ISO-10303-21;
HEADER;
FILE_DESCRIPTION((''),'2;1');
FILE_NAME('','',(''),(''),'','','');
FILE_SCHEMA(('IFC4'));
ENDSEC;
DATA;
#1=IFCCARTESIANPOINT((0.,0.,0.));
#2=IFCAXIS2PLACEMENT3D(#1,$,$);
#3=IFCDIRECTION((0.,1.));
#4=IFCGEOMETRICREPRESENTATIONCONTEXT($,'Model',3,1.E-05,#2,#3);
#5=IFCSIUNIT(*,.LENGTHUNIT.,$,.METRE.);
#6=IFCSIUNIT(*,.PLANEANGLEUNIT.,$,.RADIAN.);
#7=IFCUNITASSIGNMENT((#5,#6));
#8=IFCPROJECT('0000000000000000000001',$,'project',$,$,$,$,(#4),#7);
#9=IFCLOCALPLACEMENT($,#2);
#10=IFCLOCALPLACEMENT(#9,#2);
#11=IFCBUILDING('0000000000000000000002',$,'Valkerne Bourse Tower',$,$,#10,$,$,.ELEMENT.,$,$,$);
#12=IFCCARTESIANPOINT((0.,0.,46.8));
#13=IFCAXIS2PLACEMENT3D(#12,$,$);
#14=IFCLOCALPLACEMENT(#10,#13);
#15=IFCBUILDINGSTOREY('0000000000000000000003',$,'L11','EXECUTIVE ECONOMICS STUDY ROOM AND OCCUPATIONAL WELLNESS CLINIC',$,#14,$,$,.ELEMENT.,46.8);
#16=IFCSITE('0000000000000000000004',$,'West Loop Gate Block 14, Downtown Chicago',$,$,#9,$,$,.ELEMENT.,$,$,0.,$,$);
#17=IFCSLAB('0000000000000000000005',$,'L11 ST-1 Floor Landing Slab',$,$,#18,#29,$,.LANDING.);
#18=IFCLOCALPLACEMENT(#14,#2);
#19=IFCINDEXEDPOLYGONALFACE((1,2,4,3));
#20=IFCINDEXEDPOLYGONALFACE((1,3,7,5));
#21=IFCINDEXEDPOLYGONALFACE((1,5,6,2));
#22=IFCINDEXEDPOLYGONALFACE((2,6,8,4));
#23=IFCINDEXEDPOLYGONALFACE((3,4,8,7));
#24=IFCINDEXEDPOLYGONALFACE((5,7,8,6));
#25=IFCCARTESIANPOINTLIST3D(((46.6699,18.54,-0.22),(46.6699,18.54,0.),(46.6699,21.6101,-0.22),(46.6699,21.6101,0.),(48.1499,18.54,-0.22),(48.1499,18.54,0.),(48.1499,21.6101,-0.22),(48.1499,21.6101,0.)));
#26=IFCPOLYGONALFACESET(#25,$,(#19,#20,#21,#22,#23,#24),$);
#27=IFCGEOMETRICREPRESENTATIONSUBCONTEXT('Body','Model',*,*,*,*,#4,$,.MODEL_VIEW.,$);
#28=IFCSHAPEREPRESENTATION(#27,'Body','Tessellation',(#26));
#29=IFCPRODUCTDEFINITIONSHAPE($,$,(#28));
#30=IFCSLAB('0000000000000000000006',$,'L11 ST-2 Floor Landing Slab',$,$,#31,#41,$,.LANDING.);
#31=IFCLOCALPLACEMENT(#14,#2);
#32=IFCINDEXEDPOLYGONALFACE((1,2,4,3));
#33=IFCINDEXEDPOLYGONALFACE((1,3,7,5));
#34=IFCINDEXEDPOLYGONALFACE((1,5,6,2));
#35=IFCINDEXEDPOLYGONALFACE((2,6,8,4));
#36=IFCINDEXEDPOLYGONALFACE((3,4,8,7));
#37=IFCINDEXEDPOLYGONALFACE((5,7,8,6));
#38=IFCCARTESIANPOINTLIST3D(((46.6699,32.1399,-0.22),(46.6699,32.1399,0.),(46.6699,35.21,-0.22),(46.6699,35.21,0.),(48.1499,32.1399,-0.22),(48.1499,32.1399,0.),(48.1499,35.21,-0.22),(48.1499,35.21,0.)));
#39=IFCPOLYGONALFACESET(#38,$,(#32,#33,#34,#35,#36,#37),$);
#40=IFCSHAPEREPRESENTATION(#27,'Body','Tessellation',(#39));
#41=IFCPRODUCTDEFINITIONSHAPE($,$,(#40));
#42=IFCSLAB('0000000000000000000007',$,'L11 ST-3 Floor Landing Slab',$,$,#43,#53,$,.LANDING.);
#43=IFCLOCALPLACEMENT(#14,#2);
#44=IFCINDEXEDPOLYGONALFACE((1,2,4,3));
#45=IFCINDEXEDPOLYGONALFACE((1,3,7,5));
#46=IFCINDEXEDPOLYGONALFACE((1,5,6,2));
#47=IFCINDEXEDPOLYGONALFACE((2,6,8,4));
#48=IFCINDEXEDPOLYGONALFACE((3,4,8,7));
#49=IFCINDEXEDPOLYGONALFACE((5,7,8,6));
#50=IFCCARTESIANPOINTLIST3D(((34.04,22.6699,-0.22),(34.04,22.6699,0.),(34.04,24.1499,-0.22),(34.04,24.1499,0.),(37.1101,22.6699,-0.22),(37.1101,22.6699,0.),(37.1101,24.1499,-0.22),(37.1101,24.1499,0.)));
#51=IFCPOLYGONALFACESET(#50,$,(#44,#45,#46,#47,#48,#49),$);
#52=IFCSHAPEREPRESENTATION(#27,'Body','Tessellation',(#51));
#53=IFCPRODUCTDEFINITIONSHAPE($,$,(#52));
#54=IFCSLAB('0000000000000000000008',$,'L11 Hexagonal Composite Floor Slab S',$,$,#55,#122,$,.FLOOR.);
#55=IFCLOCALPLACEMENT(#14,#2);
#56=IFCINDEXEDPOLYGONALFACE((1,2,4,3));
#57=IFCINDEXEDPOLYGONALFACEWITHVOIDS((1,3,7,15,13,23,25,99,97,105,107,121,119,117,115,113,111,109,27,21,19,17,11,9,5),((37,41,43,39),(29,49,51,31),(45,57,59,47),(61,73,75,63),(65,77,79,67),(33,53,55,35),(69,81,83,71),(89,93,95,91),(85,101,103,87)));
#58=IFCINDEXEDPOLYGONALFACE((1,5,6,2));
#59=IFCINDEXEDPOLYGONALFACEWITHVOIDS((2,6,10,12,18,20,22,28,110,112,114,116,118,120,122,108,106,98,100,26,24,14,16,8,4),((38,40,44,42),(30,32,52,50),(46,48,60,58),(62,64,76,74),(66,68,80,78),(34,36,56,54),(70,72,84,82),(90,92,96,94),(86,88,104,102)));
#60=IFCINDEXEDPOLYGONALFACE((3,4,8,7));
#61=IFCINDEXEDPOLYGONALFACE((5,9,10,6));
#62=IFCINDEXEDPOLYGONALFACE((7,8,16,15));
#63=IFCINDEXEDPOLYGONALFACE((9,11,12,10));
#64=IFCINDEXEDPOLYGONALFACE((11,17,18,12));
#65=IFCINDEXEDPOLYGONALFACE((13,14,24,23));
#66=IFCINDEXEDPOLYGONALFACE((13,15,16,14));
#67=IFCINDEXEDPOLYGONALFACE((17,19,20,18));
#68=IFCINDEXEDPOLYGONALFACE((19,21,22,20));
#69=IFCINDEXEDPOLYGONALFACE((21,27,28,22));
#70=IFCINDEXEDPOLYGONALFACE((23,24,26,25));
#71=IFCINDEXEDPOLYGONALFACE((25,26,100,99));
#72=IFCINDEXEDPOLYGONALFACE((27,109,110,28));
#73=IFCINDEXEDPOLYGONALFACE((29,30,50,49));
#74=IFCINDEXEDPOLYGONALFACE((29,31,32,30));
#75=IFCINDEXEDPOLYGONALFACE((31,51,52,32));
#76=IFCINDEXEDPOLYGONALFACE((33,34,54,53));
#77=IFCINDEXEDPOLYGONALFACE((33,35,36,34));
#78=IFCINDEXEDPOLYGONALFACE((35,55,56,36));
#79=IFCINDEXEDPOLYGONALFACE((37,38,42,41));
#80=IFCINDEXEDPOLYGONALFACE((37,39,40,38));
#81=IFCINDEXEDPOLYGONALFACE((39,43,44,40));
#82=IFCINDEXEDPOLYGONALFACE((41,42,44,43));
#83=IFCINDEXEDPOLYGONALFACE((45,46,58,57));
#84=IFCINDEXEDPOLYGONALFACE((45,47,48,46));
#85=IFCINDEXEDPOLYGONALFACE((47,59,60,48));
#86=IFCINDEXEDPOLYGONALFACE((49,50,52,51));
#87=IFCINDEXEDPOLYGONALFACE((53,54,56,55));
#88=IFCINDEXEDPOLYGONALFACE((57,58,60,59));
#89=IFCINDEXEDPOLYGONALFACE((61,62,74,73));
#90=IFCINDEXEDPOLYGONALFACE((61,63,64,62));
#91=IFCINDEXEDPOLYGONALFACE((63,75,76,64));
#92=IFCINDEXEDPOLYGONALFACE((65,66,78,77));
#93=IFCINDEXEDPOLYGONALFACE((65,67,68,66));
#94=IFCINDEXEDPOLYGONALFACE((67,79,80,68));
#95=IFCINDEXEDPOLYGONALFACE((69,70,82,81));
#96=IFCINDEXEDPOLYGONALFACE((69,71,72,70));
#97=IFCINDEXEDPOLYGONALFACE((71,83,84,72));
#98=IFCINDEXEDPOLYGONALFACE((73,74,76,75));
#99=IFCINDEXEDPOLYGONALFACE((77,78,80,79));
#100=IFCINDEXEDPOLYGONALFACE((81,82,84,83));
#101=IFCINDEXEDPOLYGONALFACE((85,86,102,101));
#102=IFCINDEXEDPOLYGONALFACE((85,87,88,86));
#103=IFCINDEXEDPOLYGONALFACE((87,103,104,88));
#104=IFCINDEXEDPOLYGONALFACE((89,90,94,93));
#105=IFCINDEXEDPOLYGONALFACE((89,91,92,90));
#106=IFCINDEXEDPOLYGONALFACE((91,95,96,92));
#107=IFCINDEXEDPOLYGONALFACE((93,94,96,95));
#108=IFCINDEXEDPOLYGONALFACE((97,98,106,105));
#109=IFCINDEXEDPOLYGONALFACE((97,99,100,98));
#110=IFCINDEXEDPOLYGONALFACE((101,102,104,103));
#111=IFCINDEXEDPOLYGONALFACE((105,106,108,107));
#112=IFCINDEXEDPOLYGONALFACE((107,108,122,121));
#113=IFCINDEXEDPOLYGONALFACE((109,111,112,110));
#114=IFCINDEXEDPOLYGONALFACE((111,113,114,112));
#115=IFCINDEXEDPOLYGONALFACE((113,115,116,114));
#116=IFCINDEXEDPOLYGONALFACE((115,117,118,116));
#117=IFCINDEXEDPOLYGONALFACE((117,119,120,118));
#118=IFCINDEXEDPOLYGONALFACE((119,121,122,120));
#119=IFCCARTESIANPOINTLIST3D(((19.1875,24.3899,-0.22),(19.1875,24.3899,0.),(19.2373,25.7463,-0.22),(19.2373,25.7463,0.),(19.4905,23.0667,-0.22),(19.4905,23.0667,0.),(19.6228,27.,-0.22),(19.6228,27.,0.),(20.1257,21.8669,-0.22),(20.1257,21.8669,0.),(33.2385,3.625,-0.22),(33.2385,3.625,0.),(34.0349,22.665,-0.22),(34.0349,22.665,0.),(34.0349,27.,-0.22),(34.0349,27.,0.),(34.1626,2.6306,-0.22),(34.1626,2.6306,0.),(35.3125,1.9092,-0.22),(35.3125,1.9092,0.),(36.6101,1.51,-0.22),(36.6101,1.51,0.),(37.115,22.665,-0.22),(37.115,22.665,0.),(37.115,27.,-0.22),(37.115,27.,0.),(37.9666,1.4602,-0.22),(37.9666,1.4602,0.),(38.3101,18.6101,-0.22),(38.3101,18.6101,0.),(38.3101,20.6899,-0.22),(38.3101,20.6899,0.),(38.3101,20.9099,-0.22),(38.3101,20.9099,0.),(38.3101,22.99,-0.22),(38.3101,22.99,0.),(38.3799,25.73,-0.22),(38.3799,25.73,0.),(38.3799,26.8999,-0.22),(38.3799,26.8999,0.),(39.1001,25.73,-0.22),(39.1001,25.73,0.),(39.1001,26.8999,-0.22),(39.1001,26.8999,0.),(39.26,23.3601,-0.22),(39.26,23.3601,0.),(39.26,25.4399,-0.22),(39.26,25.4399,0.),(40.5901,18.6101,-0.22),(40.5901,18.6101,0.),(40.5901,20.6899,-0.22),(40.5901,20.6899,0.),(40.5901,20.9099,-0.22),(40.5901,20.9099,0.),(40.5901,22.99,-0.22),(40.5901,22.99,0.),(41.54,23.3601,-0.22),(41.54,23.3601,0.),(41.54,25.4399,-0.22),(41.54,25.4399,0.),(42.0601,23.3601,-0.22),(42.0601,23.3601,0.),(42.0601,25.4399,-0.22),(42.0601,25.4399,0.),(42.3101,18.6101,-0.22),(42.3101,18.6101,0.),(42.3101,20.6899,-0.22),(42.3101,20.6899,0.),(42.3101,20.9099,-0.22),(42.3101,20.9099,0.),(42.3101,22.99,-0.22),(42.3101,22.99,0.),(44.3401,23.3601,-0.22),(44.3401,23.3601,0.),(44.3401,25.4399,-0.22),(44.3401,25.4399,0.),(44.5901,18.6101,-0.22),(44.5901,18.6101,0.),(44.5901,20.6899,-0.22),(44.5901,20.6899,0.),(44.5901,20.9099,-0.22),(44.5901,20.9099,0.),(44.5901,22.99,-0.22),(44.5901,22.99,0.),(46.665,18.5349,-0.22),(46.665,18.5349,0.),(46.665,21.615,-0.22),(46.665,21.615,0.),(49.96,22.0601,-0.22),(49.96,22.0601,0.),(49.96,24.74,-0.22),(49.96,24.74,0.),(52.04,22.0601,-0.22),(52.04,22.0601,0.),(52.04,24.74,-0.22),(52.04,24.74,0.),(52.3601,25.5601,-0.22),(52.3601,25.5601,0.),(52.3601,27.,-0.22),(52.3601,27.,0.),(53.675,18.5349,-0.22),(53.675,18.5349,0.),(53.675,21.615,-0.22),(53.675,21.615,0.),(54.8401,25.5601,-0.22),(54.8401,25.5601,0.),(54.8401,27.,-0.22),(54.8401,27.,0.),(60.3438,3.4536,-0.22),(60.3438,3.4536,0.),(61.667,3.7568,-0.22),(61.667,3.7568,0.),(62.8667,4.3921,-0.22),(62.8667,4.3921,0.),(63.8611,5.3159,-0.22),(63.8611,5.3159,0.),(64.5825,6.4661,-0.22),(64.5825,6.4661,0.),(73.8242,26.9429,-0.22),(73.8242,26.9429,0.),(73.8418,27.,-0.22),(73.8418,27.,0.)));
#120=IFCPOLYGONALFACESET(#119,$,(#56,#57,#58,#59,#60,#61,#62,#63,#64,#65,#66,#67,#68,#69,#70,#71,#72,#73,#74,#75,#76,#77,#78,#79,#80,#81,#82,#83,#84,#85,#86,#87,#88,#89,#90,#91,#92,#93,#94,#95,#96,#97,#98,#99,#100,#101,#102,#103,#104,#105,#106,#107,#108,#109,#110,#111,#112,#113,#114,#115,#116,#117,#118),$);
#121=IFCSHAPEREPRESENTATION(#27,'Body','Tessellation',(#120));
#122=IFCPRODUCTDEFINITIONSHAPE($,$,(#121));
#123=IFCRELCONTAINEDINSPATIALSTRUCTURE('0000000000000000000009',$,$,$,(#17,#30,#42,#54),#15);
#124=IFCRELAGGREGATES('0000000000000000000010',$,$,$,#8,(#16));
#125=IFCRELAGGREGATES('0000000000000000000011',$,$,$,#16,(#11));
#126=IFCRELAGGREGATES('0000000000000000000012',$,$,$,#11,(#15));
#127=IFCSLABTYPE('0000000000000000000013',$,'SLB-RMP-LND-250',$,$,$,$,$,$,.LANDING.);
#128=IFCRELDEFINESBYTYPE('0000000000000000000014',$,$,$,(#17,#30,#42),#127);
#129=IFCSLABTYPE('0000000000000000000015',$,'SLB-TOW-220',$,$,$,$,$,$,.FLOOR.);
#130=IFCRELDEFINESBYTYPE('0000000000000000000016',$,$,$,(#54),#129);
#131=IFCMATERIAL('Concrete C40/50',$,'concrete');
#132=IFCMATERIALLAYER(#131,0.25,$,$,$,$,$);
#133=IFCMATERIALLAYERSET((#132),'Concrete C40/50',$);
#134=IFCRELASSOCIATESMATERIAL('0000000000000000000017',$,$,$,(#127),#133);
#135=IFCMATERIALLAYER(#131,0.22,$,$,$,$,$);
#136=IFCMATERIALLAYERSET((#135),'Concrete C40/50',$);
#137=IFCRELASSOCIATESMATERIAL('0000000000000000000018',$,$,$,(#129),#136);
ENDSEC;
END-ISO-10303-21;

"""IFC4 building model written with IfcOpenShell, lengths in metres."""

from ifc_helpers import new_model, si_unit, direction, frame, origin, place, context, subcontext, project, spatial, polyline, outline, extrude, material, layer, layer_set, type_object, element, save


model = new_model("IFC4")

# Units and contexts
model_context = context("Model", 3, precision=1e-05, world=origin(), true_north=direction((0.0, 1.0)))
body_context = subcontext(model_context, "Body", "Model", "MODEL_VIEW")
ifc_project = project(units=[si_unit("LENGTHUNIT", "METRE"), si_unit("PLANEANGLEUNIT", "RADIAN")], contexts=[model_context])

# Site, building, storey
site_placement = place(None, origin())
site = spatial("IfcSite", under=ifc_project, at=site_placement, Name="West Loop Gate Block 14, Downtown Chicago", CompositionType="ELEMENT", RefElevation=0.0)
building_placement = place(site_placement, origin())
building = spatial("IfcBuilding", under=site, at=building_placement, Name="Valkerne Bourse Tower", CompositionType="ELEMENT")
storey_placement = place(building_placement, frame((0.0, 0.0, 46.8)))
storey = spatial("IfcBuildingStorey", under=building, at=storey_placement, Name="L11", Description="EXECUTIVE ECONOMICS STUDY ROOM AND OCCUPATIONAL WELLNESS CLINIC", CompositionType="ELEMENT", Elevation=46.8)

# Slabs
ifc_material_1 = material(Name="Concrete C40/50", Category="concrete")
ifc_layer_1 = layer(ifc_material_1, 0.25)
ifc_layer_set_1 = layer_set([ifc_layer_1], Name="Concrete C40/50")
slab_type_1 = type_object("IfcSlabType", Name="SLB-RMP-LND-250", PredefinedType="LANDING", material=ifc_layer_set_1)
slab_1_placement = place(storey_placement, frame((0.0, 0.0, -0.22)))
element("IfcSlab", 1, at=slab_1_placement, inside=storey, type_object=slab_type_1, Name="L11 ST-1 Floor Landing Slab", PredefinedType="LANDING", context=body_context, shape_type="SweptSolid", body=[
    extrude(outline(polyline([(46.6699, 18.54), (48.1499, 18.54), (48.1499, 21.6101), (46.6699, 21.6101), (46.6699, 18.54)])), origin(), (0.0, 0.0, 1.0), 0.22),
])
slab_2_placement = place(storey_placement, frame((0.0, 0.0, -0.22)))
element("IfcSlab", 2, at=slab_2_placement, inside=storey, type_object=slab_type_1, Name="L11 ST-2 Floor Landing Slab", PredefinedType="LANDING", context=body_context, shape_type="SweptSolid", body=[
    extrude(outline(polyline([(46.6699, 32.1399), (48.1499, 32.1399), (48.1499, 35.21), (46.6699, 35.21), (46.6699, 32.1399)])), origin(), (0.0, 0.0, 1.0), 0.22),
])
slab_3_placement = place(storey_placement, frame((0.0, 0.0, -0.22)))
element("IfcSlab", 3, at=slab_3_placement, inside=storey, type_object=slab_type_1, Name="L11 ST-3 Floor Landing Slab", PredefinedType="LANDING", context=body_context, shape_type="SweptSolid", body=[
    extrude(outline(polyline([(37.1101, 22.6699), (37.1101, 24.1499), (34.04, 24.1499), (34.04, 22.6699), (37.1101, 22.6699)])), origin(), (0.0, 0.0, 1.0), 0.22),
])
ifc_layer_2 = layer(ifc_material_1, 0.22)
ifc_layer_set_2 = layer_set([ifc_layer_2], Name="Concrete C40/50")
slab_type_2 = type_object("IfcSlabType", Name="SLB-TOW-220", PredefinedType="FLOOR", material=ifc_layer_set_2)
slab_4_placement = place(storey_placement, frame((0.0, 0.0, -0.22)))
element("IfcSlab", 4, at=slab_4_placement, inside=storey, type_object=slab_type_2, Name="L11 Hexagonal Composite Floor Slab S", PredefinedType="FLOOR", context=body_context, shape_type="SweptSolid", body=[
    extrude(outline(polyline([(63.8611, 5.3159), (62.8667, 4.3921), (61.667, 3.7568), (60.3438, 3.4536), (37.9666, 1.4602), (36.6101, 1.51), (35.3125, 1.9092), (34.1626, 2.6306), (33.2385, 3.625), (20.1257, 21.8669), (19.4905, 23.0667), (19.1875, 24.3899), (19.2373, 25.7463), (19.6228, 27.0), (34.0349, 27.0), (34.0349, 22.665), (37.115, 22.665), (37.115, 27.0), (52.3601, 27.0), (52.3601, 25.5601), (54.8401, 25.5601), (54.8401, 27.0), (73.8418, 27.0), (73.8242, 26.9429), (64.5825, 6.4661), (63.8611, 5.3159)]), holes=[polyline([(40.5901, 20.6899), (38.3101, 20.6899), (38.3101, 18.6101), (40.5901, 18.6101), (40.5901, 20.6899)]), polyline([(40.5901, 22.99), (38.3101, 22.99), (38.3101, 20.9099), (40.5901, 20.9099), (40.5901, 22.99)]), polyline([(41.54, 25.4399), (39.26, 25.4399), (39.26, 23.3601), (41.54, 23.3601), (41.54, 25.4399)]), polyline([(39.1001, 25.73), (39.1001, 26.8999), (38.3799, 26.8999), (38.3799, 25.73), (39.1001, 25.73)]), polyline([(44.5901, 20.6899), (42.3101, 20.6899), (42.3101, 18.6101), (44.5901, 18.6101), (44.5901, 20.6899)]), polyline([(53.675, 21.615), (46.665, 21.615), (46.665, 18.5349), (53.675, 18.5349), (53.675, 21.615)]), polyline([(44.5901, 22.99), (42.3101, 22.99), (42.3101, 20.9099), (44.5901, 20.9099), (44.5901, 22.99)]), polyline([(52.04, 22.0601), (52.04, 24.74), (49.96, 24.74), (49.96, 22.0601), (52.04, 22.0601)]), polyline([(44.3401, 23.3601), (44.3401, 25.4399), (42.0601, 25.4399), (42.0601, 23.3601), (44.3401, 23.3601)])]), origin(), (0.0, 0.0, 1.0), 0.22),
])

save(model, "model.ifc")
